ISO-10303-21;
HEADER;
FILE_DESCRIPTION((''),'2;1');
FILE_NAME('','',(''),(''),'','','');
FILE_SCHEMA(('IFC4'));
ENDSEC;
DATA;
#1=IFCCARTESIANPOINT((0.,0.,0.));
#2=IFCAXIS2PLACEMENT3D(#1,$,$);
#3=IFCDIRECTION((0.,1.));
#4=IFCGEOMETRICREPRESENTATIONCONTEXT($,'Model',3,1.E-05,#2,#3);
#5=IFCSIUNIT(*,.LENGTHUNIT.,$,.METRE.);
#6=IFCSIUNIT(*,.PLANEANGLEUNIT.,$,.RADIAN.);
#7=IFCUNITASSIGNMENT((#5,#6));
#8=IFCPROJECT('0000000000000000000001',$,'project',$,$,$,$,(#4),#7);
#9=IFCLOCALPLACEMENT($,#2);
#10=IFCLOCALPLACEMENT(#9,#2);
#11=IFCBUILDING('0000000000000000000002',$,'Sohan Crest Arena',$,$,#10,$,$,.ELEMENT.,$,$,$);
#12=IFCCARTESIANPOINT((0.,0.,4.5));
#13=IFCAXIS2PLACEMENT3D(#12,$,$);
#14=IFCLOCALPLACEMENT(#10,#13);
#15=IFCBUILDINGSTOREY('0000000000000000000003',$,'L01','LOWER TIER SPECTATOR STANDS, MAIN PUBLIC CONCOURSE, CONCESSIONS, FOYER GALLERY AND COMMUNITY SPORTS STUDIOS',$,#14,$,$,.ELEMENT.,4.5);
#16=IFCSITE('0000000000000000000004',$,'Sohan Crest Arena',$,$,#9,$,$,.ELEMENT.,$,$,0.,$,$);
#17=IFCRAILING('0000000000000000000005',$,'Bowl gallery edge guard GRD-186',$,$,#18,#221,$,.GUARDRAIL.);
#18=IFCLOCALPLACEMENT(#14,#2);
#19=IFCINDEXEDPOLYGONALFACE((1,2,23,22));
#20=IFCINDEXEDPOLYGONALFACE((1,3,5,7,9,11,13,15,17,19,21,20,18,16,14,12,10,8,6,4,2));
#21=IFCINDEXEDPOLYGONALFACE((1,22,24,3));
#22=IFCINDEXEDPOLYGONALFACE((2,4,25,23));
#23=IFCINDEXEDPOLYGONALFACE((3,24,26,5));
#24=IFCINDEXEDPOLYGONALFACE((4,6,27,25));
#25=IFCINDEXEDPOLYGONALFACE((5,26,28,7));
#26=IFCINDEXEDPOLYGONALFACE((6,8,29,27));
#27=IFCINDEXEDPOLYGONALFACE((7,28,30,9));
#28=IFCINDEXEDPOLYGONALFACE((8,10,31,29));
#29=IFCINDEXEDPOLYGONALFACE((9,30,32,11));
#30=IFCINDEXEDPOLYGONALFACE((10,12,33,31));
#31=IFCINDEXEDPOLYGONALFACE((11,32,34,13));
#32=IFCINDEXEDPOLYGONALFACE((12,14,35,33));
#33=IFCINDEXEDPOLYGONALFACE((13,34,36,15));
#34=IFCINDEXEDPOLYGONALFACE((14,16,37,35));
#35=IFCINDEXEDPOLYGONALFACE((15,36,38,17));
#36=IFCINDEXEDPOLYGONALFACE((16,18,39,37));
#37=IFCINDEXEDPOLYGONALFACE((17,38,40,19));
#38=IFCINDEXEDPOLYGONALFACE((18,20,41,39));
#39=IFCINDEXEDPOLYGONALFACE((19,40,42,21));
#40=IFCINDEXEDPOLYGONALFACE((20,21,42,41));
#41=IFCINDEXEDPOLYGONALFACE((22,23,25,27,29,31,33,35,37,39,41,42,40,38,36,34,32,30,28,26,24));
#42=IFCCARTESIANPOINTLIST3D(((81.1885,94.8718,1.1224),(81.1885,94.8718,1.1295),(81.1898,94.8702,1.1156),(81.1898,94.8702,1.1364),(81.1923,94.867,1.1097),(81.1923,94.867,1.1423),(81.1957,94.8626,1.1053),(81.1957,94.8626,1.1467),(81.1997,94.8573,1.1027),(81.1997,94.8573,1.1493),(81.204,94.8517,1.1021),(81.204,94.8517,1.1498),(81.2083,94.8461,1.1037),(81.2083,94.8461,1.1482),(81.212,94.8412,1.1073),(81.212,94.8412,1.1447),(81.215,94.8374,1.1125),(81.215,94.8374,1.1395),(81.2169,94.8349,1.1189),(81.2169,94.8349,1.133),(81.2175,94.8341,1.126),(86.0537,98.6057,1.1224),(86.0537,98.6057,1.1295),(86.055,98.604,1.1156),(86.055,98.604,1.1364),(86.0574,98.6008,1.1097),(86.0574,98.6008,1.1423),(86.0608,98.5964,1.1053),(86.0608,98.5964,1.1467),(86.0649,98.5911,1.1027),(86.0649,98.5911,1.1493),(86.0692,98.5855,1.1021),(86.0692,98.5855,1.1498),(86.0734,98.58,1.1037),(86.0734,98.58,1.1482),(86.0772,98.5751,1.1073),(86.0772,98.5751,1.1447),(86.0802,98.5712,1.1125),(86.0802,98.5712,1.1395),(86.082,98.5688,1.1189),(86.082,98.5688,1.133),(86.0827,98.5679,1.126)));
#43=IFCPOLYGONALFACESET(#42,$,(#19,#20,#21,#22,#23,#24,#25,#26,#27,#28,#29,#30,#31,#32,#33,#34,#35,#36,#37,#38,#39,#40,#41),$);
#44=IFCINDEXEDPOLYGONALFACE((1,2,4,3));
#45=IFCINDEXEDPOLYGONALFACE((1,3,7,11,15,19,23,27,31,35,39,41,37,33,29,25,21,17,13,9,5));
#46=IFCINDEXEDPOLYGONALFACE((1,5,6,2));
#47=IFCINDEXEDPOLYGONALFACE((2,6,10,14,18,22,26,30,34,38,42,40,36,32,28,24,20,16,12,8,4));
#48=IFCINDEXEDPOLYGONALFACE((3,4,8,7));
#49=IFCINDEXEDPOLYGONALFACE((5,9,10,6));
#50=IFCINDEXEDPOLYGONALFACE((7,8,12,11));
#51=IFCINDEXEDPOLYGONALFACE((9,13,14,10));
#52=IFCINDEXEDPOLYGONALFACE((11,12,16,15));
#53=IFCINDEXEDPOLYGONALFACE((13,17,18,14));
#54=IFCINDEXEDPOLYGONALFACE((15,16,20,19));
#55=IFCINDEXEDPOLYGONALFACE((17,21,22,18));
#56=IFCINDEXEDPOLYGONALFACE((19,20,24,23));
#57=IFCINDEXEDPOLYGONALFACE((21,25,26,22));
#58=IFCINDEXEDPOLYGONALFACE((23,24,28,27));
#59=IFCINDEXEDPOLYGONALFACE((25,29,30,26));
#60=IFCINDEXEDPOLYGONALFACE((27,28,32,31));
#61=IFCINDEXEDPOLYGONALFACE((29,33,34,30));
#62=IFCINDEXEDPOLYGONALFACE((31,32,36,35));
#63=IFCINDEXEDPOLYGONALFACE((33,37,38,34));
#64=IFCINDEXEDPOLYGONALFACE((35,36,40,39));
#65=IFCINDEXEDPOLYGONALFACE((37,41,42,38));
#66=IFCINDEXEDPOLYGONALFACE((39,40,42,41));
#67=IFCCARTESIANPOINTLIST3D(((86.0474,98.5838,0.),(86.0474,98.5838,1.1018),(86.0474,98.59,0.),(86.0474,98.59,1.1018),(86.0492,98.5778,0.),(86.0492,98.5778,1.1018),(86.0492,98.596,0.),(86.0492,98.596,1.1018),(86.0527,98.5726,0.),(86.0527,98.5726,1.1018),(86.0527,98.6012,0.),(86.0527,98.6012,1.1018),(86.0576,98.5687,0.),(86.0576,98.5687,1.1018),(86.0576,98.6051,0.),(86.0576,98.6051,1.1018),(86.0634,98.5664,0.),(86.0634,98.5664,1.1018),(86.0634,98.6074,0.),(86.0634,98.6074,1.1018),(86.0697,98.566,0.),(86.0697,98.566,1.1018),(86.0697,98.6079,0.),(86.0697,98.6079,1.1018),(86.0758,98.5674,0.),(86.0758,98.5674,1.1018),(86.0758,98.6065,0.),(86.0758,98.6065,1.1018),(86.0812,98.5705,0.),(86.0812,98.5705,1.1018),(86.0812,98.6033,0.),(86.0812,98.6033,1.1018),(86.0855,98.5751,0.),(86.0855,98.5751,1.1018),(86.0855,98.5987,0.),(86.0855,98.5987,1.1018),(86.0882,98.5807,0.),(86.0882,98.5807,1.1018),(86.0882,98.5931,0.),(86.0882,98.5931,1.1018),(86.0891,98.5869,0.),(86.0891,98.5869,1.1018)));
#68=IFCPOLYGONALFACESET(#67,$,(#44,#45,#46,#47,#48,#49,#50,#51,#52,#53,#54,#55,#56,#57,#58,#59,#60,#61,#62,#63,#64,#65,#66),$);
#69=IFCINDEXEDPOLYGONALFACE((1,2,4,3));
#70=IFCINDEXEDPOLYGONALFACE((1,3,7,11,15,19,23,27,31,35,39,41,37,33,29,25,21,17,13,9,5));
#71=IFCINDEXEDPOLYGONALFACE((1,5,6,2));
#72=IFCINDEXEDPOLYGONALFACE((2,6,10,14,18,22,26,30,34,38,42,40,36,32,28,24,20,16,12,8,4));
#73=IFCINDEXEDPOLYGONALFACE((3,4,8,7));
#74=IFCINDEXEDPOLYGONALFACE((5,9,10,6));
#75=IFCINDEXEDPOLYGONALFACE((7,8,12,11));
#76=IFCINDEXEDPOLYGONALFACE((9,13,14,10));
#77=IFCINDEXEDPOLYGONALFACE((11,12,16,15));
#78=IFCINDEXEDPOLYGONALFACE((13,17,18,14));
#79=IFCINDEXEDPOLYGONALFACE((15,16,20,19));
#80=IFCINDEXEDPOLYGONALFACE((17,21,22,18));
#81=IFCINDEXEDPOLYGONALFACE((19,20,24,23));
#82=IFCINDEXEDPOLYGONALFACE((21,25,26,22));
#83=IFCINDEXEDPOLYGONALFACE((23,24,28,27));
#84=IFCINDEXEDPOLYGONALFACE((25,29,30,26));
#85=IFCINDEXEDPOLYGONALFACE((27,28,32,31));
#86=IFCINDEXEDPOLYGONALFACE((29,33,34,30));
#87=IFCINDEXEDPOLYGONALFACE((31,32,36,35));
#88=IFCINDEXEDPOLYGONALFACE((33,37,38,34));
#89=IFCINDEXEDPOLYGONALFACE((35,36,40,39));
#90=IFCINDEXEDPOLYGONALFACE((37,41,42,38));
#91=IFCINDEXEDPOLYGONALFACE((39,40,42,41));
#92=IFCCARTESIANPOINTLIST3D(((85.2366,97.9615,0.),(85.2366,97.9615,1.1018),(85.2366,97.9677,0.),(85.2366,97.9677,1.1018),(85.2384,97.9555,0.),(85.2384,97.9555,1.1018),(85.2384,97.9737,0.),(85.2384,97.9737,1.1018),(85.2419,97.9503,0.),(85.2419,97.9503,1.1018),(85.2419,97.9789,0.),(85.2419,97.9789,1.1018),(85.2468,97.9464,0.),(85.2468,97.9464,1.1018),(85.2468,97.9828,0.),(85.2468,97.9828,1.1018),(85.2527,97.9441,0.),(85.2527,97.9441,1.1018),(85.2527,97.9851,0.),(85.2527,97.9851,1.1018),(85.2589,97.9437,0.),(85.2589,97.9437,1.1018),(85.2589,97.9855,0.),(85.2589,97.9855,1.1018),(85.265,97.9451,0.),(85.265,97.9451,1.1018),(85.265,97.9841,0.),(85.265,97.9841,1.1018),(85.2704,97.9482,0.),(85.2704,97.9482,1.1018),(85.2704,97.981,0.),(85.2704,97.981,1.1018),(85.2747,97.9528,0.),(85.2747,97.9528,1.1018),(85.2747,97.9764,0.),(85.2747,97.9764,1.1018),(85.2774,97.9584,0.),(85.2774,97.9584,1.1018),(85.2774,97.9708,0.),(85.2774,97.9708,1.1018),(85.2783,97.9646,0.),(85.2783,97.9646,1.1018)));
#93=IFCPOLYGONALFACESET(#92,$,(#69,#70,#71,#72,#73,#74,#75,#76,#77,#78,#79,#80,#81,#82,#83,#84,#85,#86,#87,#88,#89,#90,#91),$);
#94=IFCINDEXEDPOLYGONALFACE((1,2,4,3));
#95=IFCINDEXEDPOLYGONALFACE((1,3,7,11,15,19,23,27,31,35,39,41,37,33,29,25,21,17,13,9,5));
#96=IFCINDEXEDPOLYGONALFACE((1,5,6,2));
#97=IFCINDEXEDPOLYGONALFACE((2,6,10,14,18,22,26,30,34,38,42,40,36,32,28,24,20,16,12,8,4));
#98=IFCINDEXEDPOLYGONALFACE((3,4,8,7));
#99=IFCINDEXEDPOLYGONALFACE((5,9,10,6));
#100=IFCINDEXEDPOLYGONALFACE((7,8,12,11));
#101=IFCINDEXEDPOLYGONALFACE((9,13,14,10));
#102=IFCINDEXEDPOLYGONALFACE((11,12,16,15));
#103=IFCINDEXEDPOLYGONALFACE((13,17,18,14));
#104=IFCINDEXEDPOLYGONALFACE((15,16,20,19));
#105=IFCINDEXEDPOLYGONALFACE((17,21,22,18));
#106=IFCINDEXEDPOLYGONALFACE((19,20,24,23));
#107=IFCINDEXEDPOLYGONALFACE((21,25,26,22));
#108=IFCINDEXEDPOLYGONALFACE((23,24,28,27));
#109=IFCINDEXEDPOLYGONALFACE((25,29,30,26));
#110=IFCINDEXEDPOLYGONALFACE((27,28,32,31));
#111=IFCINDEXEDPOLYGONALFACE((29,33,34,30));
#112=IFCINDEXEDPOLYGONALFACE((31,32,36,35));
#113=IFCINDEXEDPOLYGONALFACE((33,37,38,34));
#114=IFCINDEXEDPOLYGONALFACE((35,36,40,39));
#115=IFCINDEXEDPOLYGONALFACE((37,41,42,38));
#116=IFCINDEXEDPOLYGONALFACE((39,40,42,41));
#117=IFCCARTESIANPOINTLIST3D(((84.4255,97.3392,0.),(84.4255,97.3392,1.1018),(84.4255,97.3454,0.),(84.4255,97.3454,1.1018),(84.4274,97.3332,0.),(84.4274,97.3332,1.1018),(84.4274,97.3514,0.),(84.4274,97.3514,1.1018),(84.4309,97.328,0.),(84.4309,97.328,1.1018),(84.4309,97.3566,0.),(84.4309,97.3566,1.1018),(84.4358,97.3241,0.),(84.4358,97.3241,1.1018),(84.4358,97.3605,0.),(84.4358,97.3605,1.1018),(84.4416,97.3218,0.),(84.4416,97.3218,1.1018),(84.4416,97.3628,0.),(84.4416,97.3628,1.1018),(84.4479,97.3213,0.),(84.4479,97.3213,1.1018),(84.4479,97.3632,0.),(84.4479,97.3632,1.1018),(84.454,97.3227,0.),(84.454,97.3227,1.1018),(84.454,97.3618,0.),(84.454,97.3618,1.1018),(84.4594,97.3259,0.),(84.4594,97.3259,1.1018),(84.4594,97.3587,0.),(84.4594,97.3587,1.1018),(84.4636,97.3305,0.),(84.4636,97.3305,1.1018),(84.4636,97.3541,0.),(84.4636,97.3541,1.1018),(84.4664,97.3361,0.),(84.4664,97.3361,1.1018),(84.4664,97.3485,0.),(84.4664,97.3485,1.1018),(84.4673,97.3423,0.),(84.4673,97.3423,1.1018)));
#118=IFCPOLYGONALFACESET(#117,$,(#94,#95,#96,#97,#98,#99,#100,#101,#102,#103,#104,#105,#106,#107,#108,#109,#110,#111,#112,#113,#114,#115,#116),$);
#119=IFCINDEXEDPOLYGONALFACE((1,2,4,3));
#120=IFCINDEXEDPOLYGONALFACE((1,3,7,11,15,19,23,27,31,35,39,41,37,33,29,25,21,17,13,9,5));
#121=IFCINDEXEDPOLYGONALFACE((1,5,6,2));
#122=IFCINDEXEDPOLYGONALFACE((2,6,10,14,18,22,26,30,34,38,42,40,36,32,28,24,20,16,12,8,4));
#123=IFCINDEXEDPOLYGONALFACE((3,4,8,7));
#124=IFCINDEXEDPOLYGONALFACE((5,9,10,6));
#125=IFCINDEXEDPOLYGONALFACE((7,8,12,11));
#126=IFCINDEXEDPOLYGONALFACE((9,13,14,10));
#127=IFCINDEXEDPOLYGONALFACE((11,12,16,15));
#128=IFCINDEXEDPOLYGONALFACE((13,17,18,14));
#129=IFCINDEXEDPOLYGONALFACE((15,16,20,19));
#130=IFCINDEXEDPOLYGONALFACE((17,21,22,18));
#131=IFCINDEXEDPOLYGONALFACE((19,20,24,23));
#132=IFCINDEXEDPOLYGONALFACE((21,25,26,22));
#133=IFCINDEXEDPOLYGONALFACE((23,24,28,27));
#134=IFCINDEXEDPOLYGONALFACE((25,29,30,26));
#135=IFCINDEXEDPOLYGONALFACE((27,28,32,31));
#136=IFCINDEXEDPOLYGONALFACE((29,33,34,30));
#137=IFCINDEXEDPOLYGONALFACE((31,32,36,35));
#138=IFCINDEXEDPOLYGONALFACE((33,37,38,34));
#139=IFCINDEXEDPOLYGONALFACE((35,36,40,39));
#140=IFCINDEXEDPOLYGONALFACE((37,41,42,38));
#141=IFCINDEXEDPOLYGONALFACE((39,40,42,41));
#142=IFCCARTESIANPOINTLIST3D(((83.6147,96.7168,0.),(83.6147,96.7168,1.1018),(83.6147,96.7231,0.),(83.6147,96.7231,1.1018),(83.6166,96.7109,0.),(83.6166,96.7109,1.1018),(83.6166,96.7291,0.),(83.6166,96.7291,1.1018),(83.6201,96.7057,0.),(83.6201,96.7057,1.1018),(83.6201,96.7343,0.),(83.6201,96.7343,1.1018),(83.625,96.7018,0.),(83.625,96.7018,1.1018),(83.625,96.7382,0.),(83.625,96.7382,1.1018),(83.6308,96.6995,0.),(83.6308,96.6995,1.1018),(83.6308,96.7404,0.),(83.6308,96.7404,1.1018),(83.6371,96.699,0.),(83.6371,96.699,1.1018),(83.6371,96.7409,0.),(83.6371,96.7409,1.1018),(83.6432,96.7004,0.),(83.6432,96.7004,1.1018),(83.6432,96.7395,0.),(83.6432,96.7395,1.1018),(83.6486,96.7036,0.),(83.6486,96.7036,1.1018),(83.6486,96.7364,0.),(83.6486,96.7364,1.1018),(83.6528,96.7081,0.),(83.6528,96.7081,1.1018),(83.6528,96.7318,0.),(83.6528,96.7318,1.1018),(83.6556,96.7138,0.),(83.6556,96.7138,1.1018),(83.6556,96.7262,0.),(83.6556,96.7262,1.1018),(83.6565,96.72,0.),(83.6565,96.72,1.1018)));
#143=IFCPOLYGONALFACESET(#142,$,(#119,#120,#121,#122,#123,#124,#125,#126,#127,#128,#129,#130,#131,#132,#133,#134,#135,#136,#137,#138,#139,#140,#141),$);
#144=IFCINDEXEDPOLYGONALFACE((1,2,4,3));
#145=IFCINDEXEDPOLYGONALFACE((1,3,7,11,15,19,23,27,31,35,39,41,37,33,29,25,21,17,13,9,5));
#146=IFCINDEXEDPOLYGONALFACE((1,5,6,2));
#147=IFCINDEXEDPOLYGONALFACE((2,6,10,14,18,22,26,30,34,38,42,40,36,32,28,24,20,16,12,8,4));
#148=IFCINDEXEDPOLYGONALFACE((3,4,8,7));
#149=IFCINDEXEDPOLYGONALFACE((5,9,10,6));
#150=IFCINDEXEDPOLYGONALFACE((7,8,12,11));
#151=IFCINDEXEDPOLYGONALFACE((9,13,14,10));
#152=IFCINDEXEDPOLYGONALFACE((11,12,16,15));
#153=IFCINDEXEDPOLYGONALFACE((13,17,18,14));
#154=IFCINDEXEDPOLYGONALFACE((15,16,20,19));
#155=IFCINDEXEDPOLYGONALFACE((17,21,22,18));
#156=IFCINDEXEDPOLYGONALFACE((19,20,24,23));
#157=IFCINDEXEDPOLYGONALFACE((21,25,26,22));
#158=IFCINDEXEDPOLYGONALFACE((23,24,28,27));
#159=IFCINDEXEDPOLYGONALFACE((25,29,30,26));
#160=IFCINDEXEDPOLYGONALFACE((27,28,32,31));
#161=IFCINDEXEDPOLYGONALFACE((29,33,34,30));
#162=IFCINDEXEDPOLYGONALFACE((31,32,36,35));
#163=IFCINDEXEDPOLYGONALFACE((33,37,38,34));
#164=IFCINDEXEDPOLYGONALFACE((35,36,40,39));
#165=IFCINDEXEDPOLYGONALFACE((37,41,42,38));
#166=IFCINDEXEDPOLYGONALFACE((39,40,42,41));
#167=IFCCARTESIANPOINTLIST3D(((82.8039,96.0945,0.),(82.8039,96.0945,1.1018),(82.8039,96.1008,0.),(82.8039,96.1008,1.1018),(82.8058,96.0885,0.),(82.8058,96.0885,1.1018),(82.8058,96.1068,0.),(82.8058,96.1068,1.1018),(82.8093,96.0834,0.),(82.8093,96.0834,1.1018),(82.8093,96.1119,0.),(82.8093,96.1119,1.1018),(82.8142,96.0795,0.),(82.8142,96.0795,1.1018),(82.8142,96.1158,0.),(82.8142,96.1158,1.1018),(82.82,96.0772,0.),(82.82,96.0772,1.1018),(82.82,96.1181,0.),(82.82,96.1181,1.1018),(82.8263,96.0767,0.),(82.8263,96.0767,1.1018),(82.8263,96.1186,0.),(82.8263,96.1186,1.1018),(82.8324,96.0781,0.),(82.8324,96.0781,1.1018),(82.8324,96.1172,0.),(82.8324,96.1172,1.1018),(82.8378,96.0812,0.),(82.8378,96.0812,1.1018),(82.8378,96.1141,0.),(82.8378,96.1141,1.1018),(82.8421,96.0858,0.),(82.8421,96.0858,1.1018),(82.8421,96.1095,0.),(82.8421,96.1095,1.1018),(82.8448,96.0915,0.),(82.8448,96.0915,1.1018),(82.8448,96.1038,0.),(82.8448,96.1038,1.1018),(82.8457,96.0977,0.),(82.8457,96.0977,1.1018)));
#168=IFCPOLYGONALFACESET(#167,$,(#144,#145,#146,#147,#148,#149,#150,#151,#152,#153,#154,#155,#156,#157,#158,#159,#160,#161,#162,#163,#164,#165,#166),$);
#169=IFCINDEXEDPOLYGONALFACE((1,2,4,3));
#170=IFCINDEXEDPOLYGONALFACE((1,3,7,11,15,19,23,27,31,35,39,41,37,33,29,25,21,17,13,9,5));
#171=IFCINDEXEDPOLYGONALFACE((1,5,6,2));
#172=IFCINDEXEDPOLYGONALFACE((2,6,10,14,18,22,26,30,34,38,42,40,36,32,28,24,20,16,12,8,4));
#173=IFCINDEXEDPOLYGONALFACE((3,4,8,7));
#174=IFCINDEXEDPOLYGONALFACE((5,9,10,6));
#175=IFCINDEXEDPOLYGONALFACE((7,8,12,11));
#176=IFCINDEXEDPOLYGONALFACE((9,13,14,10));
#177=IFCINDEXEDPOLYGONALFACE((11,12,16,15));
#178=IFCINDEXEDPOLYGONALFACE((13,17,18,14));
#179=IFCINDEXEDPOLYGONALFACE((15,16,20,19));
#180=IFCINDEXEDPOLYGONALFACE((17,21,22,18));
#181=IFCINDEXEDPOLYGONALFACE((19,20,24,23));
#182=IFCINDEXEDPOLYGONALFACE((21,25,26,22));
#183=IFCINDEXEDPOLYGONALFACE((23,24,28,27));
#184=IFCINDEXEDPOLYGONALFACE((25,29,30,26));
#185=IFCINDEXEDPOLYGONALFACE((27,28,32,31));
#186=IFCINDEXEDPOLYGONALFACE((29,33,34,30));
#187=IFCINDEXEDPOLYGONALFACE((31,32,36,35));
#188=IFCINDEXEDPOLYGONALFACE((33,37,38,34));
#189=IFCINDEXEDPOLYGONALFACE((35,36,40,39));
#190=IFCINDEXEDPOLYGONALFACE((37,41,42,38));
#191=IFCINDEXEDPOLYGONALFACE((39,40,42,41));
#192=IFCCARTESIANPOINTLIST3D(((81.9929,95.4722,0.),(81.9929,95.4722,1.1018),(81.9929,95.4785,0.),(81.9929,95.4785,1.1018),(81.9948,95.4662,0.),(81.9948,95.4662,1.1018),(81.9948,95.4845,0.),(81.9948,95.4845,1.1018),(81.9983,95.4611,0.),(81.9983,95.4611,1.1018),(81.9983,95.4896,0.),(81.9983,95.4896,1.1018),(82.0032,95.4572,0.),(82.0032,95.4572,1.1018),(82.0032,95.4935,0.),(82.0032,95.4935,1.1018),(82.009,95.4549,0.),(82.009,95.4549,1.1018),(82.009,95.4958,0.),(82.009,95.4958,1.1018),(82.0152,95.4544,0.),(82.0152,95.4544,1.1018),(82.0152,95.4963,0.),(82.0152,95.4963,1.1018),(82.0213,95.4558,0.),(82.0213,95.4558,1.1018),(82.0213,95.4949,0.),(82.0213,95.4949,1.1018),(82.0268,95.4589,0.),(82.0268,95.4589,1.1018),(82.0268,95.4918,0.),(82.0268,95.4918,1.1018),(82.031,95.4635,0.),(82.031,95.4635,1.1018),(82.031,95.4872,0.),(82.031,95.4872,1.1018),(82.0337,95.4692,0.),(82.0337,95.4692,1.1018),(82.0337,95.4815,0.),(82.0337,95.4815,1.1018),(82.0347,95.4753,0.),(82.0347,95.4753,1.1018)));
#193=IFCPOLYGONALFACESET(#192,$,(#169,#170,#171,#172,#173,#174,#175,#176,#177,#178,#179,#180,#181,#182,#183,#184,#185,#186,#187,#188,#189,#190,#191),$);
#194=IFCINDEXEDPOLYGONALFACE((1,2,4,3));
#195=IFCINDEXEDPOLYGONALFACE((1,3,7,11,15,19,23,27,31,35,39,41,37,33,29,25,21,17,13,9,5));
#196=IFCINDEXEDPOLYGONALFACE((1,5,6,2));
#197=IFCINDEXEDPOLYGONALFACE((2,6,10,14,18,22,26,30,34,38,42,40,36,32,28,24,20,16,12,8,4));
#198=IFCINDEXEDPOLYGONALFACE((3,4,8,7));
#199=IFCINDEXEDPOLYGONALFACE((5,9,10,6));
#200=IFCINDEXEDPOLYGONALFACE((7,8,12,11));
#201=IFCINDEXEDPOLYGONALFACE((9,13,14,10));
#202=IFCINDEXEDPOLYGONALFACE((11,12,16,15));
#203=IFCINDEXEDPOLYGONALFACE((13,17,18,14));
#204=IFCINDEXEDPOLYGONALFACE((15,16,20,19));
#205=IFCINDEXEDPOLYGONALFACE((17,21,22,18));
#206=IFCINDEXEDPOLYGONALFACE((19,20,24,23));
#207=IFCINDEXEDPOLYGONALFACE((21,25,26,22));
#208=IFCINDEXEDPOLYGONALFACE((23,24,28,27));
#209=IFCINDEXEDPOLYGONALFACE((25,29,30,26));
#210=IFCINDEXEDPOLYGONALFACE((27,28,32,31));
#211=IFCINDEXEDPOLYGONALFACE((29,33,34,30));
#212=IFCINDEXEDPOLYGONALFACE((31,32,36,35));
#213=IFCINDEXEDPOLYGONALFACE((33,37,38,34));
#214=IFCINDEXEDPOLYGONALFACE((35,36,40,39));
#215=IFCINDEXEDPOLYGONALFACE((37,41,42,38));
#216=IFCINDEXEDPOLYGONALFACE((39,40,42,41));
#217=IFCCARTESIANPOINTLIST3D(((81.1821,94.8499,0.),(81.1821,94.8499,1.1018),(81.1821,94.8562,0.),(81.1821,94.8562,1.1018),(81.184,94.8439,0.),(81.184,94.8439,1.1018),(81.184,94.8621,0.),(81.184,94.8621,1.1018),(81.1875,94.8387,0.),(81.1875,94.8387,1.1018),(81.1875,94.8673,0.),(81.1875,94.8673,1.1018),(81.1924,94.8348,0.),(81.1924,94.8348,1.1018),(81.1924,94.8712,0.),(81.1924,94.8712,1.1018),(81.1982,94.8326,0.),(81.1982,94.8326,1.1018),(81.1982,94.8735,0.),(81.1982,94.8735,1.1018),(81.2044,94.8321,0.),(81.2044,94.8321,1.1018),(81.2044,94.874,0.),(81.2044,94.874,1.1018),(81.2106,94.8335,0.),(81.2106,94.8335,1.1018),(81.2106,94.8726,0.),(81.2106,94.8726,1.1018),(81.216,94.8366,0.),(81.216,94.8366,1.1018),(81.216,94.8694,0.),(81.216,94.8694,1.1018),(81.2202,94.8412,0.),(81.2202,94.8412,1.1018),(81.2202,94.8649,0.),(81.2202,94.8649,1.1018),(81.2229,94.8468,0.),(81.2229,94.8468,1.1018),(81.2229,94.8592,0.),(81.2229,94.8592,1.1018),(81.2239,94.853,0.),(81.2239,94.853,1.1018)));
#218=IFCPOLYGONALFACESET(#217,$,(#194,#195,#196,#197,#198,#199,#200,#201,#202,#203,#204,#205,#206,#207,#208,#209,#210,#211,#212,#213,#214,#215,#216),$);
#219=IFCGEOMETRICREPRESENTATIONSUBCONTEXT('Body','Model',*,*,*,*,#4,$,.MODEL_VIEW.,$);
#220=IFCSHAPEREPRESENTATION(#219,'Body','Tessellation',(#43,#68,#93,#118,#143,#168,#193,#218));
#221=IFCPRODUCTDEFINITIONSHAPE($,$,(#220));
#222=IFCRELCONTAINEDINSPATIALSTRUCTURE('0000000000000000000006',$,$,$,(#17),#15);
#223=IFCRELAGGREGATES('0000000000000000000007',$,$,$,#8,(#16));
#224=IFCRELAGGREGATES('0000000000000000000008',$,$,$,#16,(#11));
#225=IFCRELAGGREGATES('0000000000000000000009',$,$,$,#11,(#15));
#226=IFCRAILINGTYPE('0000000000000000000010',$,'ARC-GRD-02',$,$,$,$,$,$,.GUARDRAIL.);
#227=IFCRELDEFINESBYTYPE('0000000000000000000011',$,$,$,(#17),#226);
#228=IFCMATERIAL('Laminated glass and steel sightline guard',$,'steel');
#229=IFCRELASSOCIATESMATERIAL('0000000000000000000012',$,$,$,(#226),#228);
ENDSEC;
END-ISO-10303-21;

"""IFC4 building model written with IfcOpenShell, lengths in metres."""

from ifc_helpers import new_model, si_unit, direction, frame, origin, origin_2d, place, context, subcontext, project, spatial, circle, extrude, material, type_object, element, save


model = new_model("IFC4")

# Units and contexts
model_context = context("Model", 3, precision=1e-05, world=origin(), true_north=direction((0.0, 1.0)))
body_context = subcontext(model_context, "Body", "Model", "MODEL_VIEW")
ifc_project = project(units=[si_unit("LENGTHUNIT", "METRE"), si_unit("PLANEANGLEUNIT", "RADIAN")], contexts=[model_context])

# Site, building, storey
site_placement = place(None, origin())
site = spatial("IfcSite", under=ifc_project, at=site_placement, Name="Sohan Crest Arena", CompositionType="ELEMENT", RefElevation=0.0)
building_placement = place(site_placement, origin())
building = spatial("IfcBuilding", under=site, at=building_placement, Name="Sohan Crest Arena", CompositionType="ELEMENT")
storey_placement = place(building_placement, frame((0.0, 0.0, 4.5)))
storey = spatial("IfcBuildingStorey", under=building, at=storey_placement, Name="L01", Description="LOWER TIER SPECTATOR STANDS, MAIN PUBLIC CONCOURSE, CONCESSIONS, FOYER GALLERY AND COMMUNITY SPORTS STUDIOS", CompositionType="ELEMENT", Elevation=4.5)

# Railing
ifc_material_1 = material(Name="Laminated glass and steel sightline guard", Category="steel")
railing_type = type_object("IfcRailingType", Name="ARC-GRD-02", PredefinedType="GUARDRAIL", material=ifc_material_1)
railing_1_placement = place(storey_placement, frame((86.0681, 98.5869, 0.0)))
element("IfcRailing", 1, at=railing_1_placement, inside=storey, type_object=railing_type, Name="Bowl gallery edge guard GRD-186", PredefinedType="GUARDRAIL", context=body_context, shape_type="SweptSolid", body=[
    extrude(circle(Radius=0.0239, at=origin_2d()), frame((0.0, 0.0, 1.126), z_axis=(-0.793301, -0.608829, 0.0), x_axis=(0.608829, -0.793301, 0.0)), (0.0, 0.0, 1.0), 6.1328),
    extrude(circle(Radius=0.021, at=origin_2d()), origin(), (0.0, 0.0, 1.0), 1.1018),
    extrude(circle(Radius=0.021, at=origin_2d()), frame((-0.8108, -0.6223, 0.0)), (0.0, 0.0, 1.0), 1.1018),
    extrude(circle(Radius=0.021, at=origin_2d()), frame((-1.6218, -1.2446, 0.0)), (0.0, 0.0, 1.0), 1.1018),
    extrude(circle(Radius=0.021, at=origin_2d()), frame((-2.4326, -1.8669, 0.0)), (0.0, 0.0, 1.0), 1.1018),
    extrude(circle(Radius=0.021, at=origin_2d()), frame((-3.2434, -2.4893, 0.0)), (0.0, 0.0, 1.0), 1.1018),
    extrude(circle(Radius=0.021, at=origin_2d()), frame((-4.0544, -3.1116, 0.0)), (0.0, 0.0, 1.0), 1.1018),
    extrude(circle(Radius=0.021, at=origin_2d()), frame((-4.8652, -3.7339, 0.0)), (0.0, 0.0, 1.0), 1.1018),
])

save(model, "model.ifc")
